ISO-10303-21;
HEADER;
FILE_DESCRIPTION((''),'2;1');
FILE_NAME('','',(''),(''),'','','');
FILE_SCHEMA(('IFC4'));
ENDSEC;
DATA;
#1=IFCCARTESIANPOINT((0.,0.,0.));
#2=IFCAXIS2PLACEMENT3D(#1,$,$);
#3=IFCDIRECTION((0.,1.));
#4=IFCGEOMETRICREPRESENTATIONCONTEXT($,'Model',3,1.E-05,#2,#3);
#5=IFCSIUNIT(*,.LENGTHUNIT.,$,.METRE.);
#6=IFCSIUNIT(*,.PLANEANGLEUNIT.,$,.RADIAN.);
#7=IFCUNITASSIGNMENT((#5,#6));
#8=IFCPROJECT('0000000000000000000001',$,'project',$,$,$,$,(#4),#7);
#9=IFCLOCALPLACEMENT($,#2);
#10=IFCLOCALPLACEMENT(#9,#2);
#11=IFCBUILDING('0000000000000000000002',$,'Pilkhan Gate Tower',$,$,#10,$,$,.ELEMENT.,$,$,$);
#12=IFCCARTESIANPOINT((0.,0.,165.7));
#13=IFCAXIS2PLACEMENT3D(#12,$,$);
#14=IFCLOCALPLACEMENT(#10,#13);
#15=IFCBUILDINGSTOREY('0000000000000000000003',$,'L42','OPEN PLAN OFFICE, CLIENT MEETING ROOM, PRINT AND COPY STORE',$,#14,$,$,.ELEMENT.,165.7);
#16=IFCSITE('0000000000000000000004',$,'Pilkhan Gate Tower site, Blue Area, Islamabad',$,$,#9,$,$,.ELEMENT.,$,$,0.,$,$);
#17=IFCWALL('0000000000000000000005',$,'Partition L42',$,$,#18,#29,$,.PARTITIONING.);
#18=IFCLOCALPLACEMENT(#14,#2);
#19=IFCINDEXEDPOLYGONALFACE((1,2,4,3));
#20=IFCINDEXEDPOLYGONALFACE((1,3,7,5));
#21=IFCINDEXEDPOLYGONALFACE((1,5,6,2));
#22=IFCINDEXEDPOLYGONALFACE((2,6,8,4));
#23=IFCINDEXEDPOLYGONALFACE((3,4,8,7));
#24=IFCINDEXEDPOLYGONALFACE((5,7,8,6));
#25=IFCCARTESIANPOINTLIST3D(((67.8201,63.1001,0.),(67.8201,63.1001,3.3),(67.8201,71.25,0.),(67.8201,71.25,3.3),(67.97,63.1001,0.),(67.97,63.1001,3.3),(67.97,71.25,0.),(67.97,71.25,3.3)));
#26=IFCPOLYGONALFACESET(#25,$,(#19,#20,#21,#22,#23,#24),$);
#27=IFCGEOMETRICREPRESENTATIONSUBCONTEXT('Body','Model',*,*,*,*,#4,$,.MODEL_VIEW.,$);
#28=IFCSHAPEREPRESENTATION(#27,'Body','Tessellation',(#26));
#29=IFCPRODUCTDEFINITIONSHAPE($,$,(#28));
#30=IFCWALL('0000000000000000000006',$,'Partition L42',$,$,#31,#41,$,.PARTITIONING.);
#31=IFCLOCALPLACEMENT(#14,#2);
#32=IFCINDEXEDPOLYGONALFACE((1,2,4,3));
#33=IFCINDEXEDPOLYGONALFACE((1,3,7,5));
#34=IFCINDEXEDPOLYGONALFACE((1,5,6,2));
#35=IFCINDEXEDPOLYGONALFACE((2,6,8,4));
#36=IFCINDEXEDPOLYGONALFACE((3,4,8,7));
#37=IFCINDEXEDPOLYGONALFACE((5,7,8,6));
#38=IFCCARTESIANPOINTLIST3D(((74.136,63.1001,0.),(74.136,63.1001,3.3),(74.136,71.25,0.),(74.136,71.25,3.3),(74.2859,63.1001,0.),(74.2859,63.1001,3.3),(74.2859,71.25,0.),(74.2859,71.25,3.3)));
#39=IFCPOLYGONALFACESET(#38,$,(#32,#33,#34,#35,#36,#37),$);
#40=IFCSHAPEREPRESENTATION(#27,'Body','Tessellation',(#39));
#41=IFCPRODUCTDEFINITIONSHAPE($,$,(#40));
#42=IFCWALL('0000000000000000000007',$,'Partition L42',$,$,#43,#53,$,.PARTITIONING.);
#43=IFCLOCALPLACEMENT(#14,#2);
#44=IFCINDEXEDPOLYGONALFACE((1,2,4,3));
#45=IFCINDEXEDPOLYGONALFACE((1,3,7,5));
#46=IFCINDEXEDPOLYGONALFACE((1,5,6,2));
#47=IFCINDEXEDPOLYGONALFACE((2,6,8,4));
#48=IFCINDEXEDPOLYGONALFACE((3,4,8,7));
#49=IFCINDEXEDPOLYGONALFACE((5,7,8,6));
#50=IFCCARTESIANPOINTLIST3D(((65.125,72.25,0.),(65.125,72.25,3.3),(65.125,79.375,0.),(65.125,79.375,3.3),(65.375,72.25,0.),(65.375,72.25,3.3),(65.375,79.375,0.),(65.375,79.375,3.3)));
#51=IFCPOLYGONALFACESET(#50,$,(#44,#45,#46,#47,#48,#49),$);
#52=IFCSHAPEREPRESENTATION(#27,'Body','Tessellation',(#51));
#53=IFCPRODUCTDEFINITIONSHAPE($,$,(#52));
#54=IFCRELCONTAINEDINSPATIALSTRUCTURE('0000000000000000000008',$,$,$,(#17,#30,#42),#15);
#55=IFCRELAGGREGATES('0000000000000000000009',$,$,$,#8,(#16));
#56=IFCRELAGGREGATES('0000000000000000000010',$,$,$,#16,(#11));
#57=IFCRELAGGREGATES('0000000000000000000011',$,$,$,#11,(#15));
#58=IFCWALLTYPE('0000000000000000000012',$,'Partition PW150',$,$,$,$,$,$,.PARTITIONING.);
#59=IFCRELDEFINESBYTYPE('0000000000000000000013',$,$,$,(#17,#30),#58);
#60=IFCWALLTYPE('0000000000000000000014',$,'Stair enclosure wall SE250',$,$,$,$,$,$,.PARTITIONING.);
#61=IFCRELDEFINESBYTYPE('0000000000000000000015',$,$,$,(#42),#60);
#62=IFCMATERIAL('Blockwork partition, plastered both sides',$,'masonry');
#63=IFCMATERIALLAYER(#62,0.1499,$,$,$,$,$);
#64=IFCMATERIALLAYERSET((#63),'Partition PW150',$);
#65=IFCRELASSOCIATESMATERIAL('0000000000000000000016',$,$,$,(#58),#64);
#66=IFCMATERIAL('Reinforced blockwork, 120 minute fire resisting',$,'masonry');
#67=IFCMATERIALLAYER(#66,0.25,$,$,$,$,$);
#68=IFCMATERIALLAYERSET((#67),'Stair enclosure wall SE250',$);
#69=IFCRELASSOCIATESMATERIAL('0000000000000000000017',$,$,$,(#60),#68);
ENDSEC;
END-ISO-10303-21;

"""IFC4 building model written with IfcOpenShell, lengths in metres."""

from ifc_helpers import new_model, si_unit, direction, frame, frame_2d, origin, place, context, subcontext, project, spatial, rectangle, extrude, material, layer, layer_set, type_object, element, save


model = new_model("IFC4")

# Units and contexts
model_context = context("Model", 3, precision=1e-05, world=origin(), true_north=direction((0.0, 1.0)))
body_context = subcontext(model_context, "Body", "Model", "MODEL_VIEW")
ifc_project = project(units=[si_unit("LENGTHUNIT", "METRE"), si_unit("PLANEANGLEUNIT", "RADIAN")], contexts=[model_context])

# Site, building, storey
site_placement = place(None, origin())
site = spatial("IfcSite", under=ifc_project, at=site_placement, Name="Pilkhan Gate Tower site, Blue Area, Islamabad", CompositionType="ELEMENT", RefElevation=0.0)
building_placement = place(site_placement, origin())
building = spatial("IfcBuilding", under=site, at=building_placement, Name="Pilkhan Gate Tower", CompositionType="ELEMENT")
storey_placement = place(building_placement, frame((0.0, 0.0, 165.7)))
storey = spatial("IfcBuildingStorey", under=building, at=storey_placement, Name="L42", Description="OPEN PLAN OFFICE, CLIENT MEETING ROOM, PRINT AND COPY STORE", CompositionType="ELEMENT", Elevation=165.7)

# Shared definitions
ifc_material_1 = material(Name="Blockwork partition, plastered both sides", Category="masonry")
ifc_layer_1 = layer(ifc_material_1, 0.1499)
ifc_layer_set_1 = layer_set([ifc_layer_1], Name="Partition PW150")
wall_type_1 = type_object("IfcWallType", Name="Partition PW150", PredefinedType="PARTITIONING", material=ifc_layer_set_1)

# Walls
for number, where, z_axis, x_axis, name in (
    (1, (67.895, 63.1001, 0.0), (0.0, 0.0, 1.0), (0.0, 1.0, 0.0), "Partition L42"),
    (2, (74.2109, 63.1001, 0.0), (0.0, 0.0, 1.0), (0.0, 1.0, 0.0), "Partition L42"),
):
    element("IfcWall", number, at=place(storey_placement, frame(where, z_axis=z_axis, x_axis=x_axis)), inside=storey, type_object=wall_type_1, Name=name, PredefinedType="PARTITIONING", context=body_context, shape_type="SweptSolid", body=[
        extrude(rectangle(XDim=8.1499, YDim=0.1499, at=frame_2d((4.075, 0.0))), origin(), (0.0, 0.0, 1.0), 3.3),
    ])
ifc_material_2 = material(Name="Reinforced blockwork, 120 minute fire resisting", Category="masonry")
ifc_layer_2 = layer(ifc_material_2, 0.25)
ifc_layer_set_2 = layer_set([ifc_layer_2], Name="Stair enclosure wall SE250")
wall_type_2 = type_object("IfcWallType", Name="Stair enclosure wall SE250", PredefinedType="PARTITIONING", material=ifc_layer_set_2)
wall_1_placement = place(storey_placement, frame((65.25, 72.25, 0.0), z_axis=(0.0, 0.0, 1.0), x_axis=(0.0, 1.0, 0.0)))
element("IfcWall", 3, at=wall_1_placement, inside=storey, type_object=wall_type_2, Name="Partition L42", PredefinedType="PARTITIONING", context=body_context, shape_type="SweptSolid", body=[
    extrude(rectangle(XDim=7.125, YDim=0.25, at=frame_2d((3.5625, 0.0))), origin(), (0.0, 0.0, 1.0), 3.3),
])

save(model, "model.ifc")
